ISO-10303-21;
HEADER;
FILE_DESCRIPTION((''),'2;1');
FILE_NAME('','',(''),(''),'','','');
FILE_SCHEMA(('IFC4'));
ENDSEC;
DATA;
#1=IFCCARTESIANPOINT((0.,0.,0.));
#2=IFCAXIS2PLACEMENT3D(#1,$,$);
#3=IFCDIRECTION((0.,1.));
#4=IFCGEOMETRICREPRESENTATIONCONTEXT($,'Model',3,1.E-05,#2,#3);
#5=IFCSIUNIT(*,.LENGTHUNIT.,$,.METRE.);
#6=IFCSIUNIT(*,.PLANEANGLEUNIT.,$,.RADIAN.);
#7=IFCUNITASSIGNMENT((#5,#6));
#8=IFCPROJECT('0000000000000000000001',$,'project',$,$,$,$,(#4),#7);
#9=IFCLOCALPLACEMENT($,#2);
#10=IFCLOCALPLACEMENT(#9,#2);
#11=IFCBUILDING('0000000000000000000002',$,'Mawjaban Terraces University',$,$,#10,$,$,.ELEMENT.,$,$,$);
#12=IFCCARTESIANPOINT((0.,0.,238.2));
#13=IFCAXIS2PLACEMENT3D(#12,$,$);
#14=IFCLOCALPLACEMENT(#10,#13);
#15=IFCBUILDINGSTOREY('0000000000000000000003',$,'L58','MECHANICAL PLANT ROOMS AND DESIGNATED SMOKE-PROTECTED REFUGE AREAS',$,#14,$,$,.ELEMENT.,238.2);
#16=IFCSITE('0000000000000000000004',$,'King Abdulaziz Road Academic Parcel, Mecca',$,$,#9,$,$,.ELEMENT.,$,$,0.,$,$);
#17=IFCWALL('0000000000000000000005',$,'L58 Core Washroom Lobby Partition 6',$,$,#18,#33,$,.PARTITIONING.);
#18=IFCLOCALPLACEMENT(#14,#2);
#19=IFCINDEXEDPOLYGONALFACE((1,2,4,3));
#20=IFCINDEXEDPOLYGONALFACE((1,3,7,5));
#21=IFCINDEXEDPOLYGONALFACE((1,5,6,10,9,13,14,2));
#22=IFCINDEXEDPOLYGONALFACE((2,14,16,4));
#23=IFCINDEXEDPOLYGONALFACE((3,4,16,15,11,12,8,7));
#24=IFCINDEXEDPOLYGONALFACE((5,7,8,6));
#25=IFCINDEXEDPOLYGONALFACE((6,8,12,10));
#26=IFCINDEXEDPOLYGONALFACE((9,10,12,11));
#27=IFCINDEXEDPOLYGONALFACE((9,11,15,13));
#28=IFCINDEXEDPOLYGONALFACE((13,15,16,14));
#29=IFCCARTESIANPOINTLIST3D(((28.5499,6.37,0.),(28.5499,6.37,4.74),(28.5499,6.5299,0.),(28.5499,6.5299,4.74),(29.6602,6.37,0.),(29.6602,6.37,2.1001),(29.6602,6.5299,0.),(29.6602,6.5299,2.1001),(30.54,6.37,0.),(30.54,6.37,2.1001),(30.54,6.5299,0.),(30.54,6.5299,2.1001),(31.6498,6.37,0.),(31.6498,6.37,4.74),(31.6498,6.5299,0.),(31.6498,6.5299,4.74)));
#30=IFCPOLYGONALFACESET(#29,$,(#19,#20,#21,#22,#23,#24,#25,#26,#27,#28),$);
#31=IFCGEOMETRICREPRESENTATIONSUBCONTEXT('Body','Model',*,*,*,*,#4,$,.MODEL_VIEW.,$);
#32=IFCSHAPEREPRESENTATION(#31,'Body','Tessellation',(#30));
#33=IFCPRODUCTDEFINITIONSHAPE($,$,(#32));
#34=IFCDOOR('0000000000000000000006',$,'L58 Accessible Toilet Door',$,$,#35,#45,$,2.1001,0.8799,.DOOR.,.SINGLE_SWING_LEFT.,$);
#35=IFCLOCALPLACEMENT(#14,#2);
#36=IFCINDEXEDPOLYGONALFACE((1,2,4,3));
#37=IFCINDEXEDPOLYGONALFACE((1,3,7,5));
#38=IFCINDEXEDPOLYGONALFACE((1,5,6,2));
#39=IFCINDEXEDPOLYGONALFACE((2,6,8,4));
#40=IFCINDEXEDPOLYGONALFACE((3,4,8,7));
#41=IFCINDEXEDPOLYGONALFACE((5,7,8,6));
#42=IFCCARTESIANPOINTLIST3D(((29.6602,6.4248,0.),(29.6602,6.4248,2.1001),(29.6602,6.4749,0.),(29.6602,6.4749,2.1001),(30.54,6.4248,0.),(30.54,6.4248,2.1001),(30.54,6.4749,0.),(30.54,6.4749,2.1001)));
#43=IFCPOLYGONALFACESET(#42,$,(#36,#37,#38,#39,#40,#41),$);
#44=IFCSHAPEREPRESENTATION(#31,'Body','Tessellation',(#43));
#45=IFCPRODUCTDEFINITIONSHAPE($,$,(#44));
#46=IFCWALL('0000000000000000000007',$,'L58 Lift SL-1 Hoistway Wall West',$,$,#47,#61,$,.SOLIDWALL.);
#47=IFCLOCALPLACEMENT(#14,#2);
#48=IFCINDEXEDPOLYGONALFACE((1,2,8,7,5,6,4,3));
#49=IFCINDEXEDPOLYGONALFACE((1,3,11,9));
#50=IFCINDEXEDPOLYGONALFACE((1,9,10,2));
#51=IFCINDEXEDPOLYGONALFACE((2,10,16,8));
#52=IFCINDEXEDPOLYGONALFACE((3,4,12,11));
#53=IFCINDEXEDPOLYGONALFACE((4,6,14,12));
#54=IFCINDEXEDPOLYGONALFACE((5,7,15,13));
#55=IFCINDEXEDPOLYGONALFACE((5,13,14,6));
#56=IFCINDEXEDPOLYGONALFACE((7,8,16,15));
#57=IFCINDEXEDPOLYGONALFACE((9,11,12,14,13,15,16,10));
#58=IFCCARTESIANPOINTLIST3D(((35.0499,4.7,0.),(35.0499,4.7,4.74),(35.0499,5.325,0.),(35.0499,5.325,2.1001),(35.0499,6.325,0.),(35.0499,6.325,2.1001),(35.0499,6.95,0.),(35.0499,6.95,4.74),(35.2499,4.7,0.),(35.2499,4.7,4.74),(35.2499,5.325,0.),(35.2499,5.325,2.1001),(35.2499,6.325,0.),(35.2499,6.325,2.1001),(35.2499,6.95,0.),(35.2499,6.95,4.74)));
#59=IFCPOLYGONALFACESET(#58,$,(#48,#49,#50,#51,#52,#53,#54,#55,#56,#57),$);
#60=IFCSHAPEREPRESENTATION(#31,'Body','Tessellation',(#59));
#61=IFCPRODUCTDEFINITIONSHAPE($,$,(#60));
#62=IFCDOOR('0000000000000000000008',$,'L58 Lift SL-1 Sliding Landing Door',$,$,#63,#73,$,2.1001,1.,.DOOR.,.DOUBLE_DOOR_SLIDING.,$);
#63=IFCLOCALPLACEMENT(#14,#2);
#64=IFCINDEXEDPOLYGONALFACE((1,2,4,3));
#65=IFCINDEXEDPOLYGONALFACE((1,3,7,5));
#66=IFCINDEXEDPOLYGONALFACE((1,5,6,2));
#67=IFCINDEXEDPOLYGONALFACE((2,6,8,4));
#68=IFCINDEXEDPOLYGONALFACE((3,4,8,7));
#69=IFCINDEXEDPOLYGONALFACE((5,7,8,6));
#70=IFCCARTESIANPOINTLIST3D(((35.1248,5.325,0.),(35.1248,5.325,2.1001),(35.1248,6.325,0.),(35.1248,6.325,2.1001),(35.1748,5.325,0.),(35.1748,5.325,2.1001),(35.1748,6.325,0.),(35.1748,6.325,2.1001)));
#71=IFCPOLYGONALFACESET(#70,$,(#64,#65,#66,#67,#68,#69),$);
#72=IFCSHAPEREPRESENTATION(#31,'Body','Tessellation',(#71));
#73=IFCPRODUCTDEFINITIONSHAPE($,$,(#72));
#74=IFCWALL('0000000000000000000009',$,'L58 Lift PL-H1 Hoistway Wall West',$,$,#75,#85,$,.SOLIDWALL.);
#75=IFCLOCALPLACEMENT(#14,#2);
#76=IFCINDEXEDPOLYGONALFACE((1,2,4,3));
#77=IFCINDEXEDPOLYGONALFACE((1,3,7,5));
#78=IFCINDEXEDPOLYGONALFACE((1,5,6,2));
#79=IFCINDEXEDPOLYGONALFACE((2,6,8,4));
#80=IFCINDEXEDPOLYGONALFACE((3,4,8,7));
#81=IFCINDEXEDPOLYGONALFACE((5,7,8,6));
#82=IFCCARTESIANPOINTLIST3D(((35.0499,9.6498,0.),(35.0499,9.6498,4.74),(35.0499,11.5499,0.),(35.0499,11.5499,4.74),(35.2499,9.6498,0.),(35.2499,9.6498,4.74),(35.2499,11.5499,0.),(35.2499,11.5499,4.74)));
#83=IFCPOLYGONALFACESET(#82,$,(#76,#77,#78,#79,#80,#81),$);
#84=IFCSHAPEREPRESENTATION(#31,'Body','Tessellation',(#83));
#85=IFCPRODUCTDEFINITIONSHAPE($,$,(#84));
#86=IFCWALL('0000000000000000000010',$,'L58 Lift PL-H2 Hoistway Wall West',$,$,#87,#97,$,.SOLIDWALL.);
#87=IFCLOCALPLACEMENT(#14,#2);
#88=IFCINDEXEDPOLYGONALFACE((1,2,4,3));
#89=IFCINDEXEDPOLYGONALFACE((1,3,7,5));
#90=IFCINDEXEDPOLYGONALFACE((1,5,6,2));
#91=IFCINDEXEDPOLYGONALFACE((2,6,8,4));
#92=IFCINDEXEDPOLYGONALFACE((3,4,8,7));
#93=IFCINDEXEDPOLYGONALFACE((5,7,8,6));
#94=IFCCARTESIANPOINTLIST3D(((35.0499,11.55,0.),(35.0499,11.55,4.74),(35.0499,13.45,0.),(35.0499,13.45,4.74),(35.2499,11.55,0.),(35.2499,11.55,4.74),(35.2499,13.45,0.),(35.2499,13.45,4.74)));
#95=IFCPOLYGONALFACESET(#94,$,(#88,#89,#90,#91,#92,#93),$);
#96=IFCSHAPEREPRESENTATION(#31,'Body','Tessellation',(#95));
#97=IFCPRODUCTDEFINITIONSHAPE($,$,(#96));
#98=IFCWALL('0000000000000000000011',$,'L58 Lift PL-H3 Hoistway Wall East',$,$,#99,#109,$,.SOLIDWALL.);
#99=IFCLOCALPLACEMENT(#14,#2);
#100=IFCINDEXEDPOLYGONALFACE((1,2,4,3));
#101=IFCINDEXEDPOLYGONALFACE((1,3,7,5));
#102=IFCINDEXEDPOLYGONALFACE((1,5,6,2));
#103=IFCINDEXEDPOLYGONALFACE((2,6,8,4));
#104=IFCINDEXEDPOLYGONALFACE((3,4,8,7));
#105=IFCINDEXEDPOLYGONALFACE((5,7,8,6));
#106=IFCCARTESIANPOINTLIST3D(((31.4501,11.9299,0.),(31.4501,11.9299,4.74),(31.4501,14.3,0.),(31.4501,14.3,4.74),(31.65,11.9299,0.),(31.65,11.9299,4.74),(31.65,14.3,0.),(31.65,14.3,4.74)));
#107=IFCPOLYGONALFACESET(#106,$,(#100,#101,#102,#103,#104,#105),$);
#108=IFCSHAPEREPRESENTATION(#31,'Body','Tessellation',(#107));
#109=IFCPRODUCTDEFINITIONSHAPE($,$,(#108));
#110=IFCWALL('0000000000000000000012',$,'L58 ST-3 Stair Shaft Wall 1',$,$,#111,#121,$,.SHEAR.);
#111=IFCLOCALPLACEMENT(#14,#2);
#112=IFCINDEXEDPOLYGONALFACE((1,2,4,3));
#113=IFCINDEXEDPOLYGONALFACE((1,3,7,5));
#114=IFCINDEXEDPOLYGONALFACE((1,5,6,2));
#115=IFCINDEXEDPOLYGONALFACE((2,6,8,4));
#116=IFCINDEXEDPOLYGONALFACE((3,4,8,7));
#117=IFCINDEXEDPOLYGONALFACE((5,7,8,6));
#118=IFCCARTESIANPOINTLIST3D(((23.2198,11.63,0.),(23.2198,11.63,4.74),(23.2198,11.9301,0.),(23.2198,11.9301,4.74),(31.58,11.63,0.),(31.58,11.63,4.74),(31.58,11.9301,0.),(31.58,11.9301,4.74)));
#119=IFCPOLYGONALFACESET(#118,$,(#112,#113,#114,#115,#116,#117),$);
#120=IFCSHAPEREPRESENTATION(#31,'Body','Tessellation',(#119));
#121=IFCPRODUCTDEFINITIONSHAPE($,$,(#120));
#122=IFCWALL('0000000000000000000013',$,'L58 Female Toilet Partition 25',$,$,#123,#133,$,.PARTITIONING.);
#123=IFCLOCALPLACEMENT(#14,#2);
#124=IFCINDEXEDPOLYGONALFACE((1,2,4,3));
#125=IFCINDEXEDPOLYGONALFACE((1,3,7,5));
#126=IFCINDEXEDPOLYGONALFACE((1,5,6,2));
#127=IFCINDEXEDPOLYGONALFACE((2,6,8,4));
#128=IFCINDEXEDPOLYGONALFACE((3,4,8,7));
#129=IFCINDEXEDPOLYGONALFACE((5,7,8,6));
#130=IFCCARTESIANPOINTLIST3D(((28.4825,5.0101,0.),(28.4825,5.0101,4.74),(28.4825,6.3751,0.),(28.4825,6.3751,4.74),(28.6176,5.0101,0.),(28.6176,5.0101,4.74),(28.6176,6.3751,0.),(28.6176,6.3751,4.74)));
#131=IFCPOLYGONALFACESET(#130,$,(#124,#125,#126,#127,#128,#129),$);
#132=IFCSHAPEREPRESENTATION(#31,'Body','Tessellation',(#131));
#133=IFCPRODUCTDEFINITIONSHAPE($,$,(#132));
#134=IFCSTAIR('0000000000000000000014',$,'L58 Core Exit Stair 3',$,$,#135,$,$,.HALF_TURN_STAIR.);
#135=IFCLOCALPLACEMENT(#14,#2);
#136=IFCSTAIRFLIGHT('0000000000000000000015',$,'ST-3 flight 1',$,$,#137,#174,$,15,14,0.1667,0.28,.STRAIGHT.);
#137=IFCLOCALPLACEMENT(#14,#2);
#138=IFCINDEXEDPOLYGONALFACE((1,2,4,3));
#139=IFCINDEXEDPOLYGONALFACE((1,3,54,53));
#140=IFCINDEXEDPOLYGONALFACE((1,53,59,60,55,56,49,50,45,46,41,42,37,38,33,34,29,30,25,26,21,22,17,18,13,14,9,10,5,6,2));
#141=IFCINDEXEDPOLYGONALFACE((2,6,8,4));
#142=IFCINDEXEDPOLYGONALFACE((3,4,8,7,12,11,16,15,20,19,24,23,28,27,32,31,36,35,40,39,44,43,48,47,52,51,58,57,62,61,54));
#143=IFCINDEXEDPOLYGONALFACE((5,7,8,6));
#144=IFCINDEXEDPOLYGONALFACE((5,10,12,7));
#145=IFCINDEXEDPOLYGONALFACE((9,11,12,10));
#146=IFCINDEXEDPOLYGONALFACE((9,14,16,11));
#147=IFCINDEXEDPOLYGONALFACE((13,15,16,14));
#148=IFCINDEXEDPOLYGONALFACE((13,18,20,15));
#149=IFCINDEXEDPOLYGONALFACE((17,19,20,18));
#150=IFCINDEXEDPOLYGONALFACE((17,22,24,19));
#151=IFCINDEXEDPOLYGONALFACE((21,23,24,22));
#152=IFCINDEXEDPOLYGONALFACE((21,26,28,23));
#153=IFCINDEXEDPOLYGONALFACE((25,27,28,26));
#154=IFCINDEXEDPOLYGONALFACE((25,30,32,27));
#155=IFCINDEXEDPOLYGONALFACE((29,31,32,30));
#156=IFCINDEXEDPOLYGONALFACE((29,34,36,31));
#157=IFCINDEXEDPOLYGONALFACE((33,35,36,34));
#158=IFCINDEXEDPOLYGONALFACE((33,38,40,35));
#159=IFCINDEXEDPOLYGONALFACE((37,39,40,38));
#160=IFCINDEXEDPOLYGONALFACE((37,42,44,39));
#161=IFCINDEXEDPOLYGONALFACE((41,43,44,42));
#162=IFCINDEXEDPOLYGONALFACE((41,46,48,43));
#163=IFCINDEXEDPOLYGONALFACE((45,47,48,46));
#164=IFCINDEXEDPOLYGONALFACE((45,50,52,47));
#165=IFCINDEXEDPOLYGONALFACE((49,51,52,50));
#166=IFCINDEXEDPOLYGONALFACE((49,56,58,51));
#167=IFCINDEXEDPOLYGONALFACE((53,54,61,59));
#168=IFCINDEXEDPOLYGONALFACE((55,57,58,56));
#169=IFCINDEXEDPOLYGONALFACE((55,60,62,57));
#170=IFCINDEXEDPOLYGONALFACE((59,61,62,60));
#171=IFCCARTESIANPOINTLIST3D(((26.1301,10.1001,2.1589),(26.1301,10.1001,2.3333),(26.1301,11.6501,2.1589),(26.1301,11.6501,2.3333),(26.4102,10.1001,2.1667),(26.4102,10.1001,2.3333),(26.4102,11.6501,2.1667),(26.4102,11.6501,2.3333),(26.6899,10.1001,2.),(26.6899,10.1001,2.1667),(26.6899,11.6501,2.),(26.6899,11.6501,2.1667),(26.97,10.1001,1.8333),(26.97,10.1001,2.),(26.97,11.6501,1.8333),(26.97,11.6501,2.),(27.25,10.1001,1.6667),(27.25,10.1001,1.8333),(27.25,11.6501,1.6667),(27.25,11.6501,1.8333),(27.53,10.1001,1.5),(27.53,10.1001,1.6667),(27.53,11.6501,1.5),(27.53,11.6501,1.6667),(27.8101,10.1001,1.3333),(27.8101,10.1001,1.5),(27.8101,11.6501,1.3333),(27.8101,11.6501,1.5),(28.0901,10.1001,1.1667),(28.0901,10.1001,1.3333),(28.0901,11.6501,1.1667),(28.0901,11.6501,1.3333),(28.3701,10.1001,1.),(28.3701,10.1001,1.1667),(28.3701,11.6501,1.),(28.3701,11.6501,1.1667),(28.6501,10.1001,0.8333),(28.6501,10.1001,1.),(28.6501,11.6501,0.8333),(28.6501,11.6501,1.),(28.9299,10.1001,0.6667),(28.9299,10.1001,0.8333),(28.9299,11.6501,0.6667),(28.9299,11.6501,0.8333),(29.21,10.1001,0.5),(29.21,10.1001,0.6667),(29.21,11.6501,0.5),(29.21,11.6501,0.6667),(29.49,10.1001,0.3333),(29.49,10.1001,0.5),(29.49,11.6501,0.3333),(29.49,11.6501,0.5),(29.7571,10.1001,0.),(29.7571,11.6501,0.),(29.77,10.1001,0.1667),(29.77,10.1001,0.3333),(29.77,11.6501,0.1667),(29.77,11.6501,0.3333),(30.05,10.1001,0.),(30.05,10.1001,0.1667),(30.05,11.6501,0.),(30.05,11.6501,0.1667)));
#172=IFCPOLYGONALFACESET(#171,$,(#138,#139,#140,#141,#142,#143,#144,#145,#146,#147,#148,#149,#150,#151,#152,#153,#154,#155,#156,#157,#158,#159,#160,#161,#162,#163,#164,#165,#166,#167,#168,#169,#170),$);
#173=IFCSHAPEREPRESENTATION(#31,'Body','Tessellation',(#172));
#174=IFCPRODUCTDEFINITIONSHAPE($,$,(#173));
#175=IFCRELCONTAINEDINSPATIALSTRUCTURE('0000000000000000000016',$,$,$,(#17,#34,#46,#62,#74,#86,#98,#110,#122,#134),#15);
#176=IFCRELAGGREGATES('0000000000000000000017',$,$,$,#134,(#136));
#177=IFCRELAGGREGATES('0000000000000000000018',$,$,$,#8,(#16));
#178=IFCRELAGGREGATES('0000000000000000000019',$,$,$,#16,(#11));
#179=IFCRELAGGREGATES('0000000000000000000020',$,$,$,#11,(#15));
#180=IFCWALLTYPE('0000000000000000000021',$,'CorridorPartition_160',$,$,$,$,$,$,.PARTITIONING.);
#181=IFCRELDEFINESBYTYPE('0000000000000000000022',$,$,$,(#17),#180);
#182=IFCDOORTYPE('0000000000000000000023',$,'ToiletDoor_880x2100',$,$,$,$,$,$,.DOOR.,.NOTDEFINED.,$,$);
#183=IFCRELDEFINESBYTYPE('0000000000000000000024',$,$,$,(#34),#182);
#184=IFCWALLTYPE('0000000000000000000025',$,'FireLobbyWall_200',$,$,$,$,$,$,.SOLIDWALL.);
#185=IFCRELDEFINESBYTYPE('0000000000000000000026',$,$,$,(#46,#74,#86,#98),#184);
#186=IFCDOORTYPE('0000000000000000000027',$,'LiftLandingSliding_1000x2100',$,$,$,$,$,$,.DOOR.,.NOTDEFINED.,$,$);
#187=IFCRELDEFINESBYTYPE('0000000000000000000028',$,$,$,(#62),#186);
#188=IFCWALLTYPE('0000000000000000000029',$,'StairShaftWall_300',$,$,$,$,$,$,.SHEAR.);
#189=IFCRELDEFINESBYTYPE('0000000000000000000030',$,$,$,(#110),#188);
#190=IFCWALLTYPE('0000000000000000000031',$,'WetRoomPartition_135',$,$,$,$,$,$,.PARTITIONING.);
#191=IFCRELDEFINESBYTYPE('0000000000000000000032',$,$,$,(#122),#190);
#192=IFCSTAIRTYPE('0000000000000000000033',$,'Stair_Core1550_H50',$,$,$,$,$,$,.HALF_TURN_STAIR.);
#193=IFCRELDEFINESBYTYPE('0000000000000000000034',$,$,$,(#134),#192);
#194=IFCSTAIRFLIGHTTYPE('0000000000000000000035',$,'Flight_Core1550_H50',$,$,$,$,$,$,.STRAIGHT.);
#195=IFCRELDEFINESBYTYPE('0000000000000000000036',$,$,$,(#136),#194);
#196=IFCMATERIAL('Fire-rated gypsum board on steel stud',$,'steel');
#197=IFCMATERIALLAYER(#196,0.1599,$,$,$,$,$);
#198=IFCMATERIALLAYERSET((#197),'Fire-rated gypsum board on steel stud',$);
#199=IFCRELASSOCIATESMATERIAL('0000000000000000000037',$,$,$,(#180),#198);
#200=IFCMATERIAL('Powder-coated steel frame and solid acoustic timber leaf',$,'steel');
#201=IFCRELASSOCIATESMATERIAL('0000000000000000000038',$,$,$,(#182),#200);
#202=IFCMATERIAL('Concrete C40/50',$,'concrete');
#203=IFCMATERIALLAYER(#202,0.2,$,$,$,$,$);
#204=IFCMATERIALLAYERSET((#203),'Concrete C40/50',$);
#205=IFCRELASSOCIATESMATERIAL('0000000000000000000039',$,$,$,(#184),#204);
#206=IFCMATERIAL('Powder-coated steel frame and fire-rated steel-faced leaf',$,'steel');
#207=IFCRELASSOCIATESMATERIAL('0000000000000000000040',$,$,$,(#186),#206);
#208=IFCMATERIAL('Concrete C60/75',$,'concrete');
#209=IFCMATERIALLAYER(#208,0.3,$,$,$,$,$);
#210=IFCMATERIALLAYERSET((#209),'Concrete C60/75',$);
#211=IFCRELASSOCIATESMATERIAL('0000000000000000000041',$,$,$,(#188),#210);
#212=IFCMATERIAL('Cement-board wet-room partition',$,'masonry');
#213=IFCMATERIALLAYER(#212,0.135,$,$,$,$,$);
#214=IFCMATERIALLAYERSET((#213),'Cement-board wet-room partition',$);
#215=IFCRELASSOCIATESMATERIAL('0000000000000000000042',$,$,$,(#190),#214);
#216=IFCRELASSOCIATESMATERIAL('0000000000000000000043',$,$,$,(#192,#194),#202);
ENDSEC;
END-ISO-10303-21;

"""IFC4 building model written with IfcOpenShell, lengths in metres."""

from ifc_helpers import new_model, si_unit, direction, frame, frame_2d, origin, place, context, subcontext, project, spatial, polyline, rectangle, outline, extrude, material, layer, layer_set, type_object, element, fill, aggregate, save


model = new_model("IFC4")

# Units and contexts
model_context = context("Model", 3, precision=1e-05, world=origin(), true_north=direction((0.0, 1.0)))
body_context = subcontext(model_context, "Body", "Model", "MODEL_VIEW")
ifc_project = project(units=[si_unit("LENGTHUNIT", "METRE"), si_unit("PLANEANGLEUNIT", "RADIAN")], contexts=[model_context])

# Site, building, storey
site_placement = place(None, origin())
site = spatial("IfcSite", under=ifc_project, at=site_placement, Name="King Abdulaziz Road Academic Parcel, Mecca", CompositionType="ELEMENT", RefElevation=0.0)
building_placement = place(site_placement, origin())
building = spatial("IfcBuilding", under=site, at=building_placement, Name="Mawjaban Terraces University", CompositionType="ELEMENT")
storey_placement = place(building_placement, frame((0.0, 0.0, 238.2)))
storey = spatial("IfcBuildingStorey", under=building, at=storey_placement, Name="L58", Description="MECHANICAL PLANT ROOMS AND DESIGNATED SMOKE-PROTECTED REFUGE AREAS", CompositionType="ELEMENT", Elevation=238.2)

# Walls, openings, doors
ifc_material_1 = material(Name="Fire-rated gypsum board on steel stud", Category="steel")
ifc_layer_1 = layer(ifc_material_1, 0.1599)
ifc_layer_set_1 = layer_set([ifc_layer_1], Name="Fire-rated gypsum board on steel stud")
wall_type_1 = type_object("IfcWallType", Name="CorridorPartition_160", PredefinedType="PARTITIONING", material=ifc_layer_set_1)
wall_1_placement = place(storey_placement, frame((28.55, 6.45, 0.0), z_axis=(0.0, 0.0, 1.0), x_axis=(1.0, 0.0, 0.0)))
wall_1 = element("IfcWall", 1, at=wall_1_placement, inside=storey, type_object=wall_type_1, Name="L58 Core Washroom Lobby Partition 6", PredefinedType="PARTITIONING", context=body_context, shape_type="SweptSolid", body=[
    extrude(rectangle(XDim=3.0999, YDim=0.1599, at=frame_2d((1.5498, 0.0))), origin(), (0.0, 0.0, 1.0), 4.74),
])
opening_1_placement = place(wall_1_placement, frame((1.1101, 0.0, 0.0)))
opening_1 = element("IfcOpeningElement", 2, at=opening_1_placement, cuts=wall_1, PredefinedType="OPENING", context=body_context, shape_type="SweptSolid", body=[
    extrude(rectangle(XDim=0.8799, YDim=2.1001, at=frame_2d((0.4399, 1.05))), frame((0.0, 0.0898, 0.0), z_axis=(0.0, -1.0, 0.0), x_axis=(1.0, 0.0, 0.0)), (0.0, 0.0, 1.0), 0.1799),
])
ifc_material_2 = material(Name="Powder-coated steel frame and solid acoustic timber leaf", Category="steel")
door_type_1 = type_object("IfcDoorType", Name="ToiletDoor_880x2100", OperationType="NOTDEFINED", PredefinedType="DOOR", material=ifc_material_2)
door_1_placement = place(opening_1_placement, origin())
door_1 = element("IfcDoor", 3, at=door_1_placement, inside=storey, type_object=door_type_1, Name="L58 Accessible Toilet Door", OperationType="SINGLE_SWING_LEFT", OverallHeight=2.1001, OverallWidth=0.8799, PredefinedType="DOOR", context=body_context, shape_type="SweptSolid", body=[
    extrude(rectangle(XDim=0.8799, YDim=2.1001, at=frame_2d((0.4399, 1.05))), frame((0.0, 0.0249, 0.0), z_axis=(0.0, -1.0, 0.0), x_axis=(1.0, 0.0, 0.0)), (0.0, 0.0, 1.0), 0.05),
])
fill(opening_1, door_1)
ifc_material_3 = material(Name="Concrete C40/50", Category="concrete")
ifc_layer_2 = layer(ifc_material_3, 0.2)
ifc_layer_set_2 = layer_set([ifc_layer_2], Name="Concrete C40/50")
wall_type_2 = type_object("IfcWallType", Name="FireLobbyWall_200", PredefinedType="SOLIDWALL", material=ifc_layer_set_2)
wall_2_placement = place(storey_placement, frame((35.1499, 6.95, 0.0), z_axis=(0.0, 0.0, 1.0), x_axis=(0.0, -1.0, 0.0)))
wall_2 = element("IfcWall", 4, at=wall_2_placement, inside=storey, type_object=wall_type_2, Name="L58 Lift SL-1 Hoistway Wall West", PredefinedType="SOLIDWALL", context=body_context, shape_type="SweptSolid", body=[
    extrude(rectangle(XDim=2.25, YDim=0.2, at=frame_2d((1.125, 0.0))), origin(), (0.0, 0.0, 1.0), 4.74),
])
opening_2_placement = place(wall_2_placement, frame((0.625, 0.0, 0.0)))
opening_2 = element("IfcOpeningElement", 5, at=opening_2_placement, cuts=wall_2, PredefinedType="OPENING", context=body_context, shape_type="SweptSolid", body=[
    extrude(rectangle(XDim=1.0, YDim=2.1001, at=frame_2d((0.5, 1.05))), frame((0.0, 0.1099, 0.0), z_axis=(0.0, -1.0, 0.0), x_axis=(1.0, 0.0, 0.0)), (0.0, 0.0, 1.0), 0.22),
])
ifc_material_4 = material(Name="Powder-coated steel frame and fire-rated steel-faced leaf", Category="steel")
door_type_2 = type_object("IfcDoorType", Name="LiftLandingSliding_1000x2100", OperationType="NOTDEFINED", PredefinedType="DOOR", material=ifc_material_4)
door_2_placement = place(opening_2_placement, origin())
door_2 = element("IfcDoor", 6, at=door_2_placement, inside=storey, type_object=door_type_2, Name="L58 Lift SL-1 Sliding Landing Door", OperationType="DOUBLE_DOOR_SLIDING", OverallHeight=2.1001, OverallWidth=1.0, PredefinedType="DOOR", context=body_context, shape_type="SweptSolid", body=[
    extrude(rectangle(XDim=1.0, YDim=2.1001, at=frame_2d((0.5, 1.05))), frame((0.0, 0.0249, 0.0), z_axis=(0.0, -1.0, 0.0), x_axis=(1.0, 0.0, 0.0)), (0.0, 0.0, 1.0), 0.05),
])
fill(opening_2, door_2)

# Walls
wall_3_placement = place(storey_placement, frame((35.1499, 11.55, 0.0), z_axis=(0.0, 0.0, 1.0), x_axis=(0.0, -1.0, 0.0)))
element("IfcWall", 7, at=wall_3_placement, inside=storey, type_object=wall_type_2, Name="L58 Lift PL-H1 Hoistway Wall West", PredefinedType="SOLIDWALL", context=body_context, shape_type="SweptSolid", body=[
    extrude(rectangle(XDim=1.9001, YDim=0.2, at=frame_2d((0.9502, 0.0))), origin(), (0.0, 0.0, 1.0), 4.74),
])
wall_4_placement = place(storey_placement, frame((35.1499, 13.45, 0.0), z_axis=(0.0, 0.0, 1.0), x_axis=(0.0, -1.0, 0.0)))
element("IfcWall", 8, at=wall_4_placement, inside=storey, type_object=wall_type_2, Name="L58 Lift PL-H2 Hoistway Wall West", PredefinedType="SOLIDWALL", context=body_context, shape_type="SweptSolid", body=[
    extrude(rectangle(XDim=1.8999, YDim=0.2, at=frame_2d((0.95, 0.0))), origin(), (0.0, 0.0, 1.0), 4.74),
])
wall_5_placement = place(storey_placement, frame((31.55, 11.9299, 0.0), z_axis=(0.0, 0.0, 1.0), x_axis=(0.0, 1.0, 0.0)))
element("IfcWall", 9, at=wall_5_placement, inside=storey, type_object=wall_type_2, Name="L58 Lift PL-H3 Hoistway Wall East", PredefinedType="SOLIDWALL", context=body_context, shape_type="SweptSolid", body=[
    extrude(rectangle(XDim=2.3701, YDim=0.2, at=frame_2d((1.1851, 0.0))), origin(), (0.0, 0.0, 1.0), 4.74),
])
ifc_material_5 = material(Name="Concrete C60/75", Category="concrete")
ifc_layer_3 = layer(ifc_material_5, 0.3)
ifc_layer_set_3 = layer_set([ifc_layer_3], Name="Concrete C60/75")
wall_type_3 = type_object("IfcWallType", Name="StairShaftWall_300", PredefinedType="SHEAR", material=ifc_layer_set_3)
wall_6_placement = place(storey_placement, frame((31.5801, 11.78, 0.0), z_axis=(0.0, 0.0, 1.0), x_axis=(-1.0, 0.0, 0.0)))
element("IfcWall", 10, at=wall_6_placement, inside=storey, type_object=wall_type_3, Name="L58 ST-3 Stair Shaft Wall 1", PredefinedType="SHEAR", context=body_context, shape_type="SweptSolid", body=[
    extrude(rectangle(XDim=8.3601, YDim=0.3, at=frame_2d((4.1802, 0.0))), origin(), (0.0, 0.0, 1.0), 4.74),
])

# Wall
ifc_material_6 = material(Name="Cement-board wet-room partition", Category="masonry")
ifc_layer_4 = layer(ifc_material_6, 0.135)
ifc_layer_set_4 = layer_set([ifc_layer_4], Name="Cement-board wet-room partition")
wall_type_4 = type_object("IfcWallType", Name="WetRoomPartition_135", PredefinedType="PARTITIONING", material=ifc_layer_set_4)
wall_7_placement = place(storey_placement, frame((28.55, 5.01, 0.0), z_axis=(0.0, 0.0, 1.0), x_axis=(0.0, 1.0, 0.0)))
element("IfcWall", 11, at=wall_7_placement, inside=storey, type_object=wall_type_4, Name="L58 Female Toilet Partition 25", PredefinedType="PARTITIONING", context=body_context, shape_type="SweptSolid", body=[
    extrude(rectangle(XDim=1.365, YDim=0.135, at=frame_2d((0.6826, 0.0))), origin(), (0.0, 0.0, 1.0), 4.74),
])

# Stair, stair flight
stair_type = type_object("IfcStairType", Name="Stair_Core1550_H50", PredefinedType="HALF_TURN_STAIR", material=ifc_material_3)
stair_placement = place(storey_placement, origin())
stair = element("IfcStair", 12, at=stair_placement, inside=storey, type_object=stair_type, Name="L58 Core Exit Stair 3", PredefinedType="HALF_TURN_STAIR")
stair_flight_type = type_object("IfcStairFlightType", Name="Flight_Core1550_H50", PredefinedType="STRAIGHT", material=ifc_material_3)
stair_flight_1_placement = place(storey_placement, frame((30.05, 10.875, 0.0), z_axis=(0.0, 0.0, 1.0), x_axis=(-1.0, 0.0, 0.0)))
stair_flight_1 = element("IfcStairFlight", 13, at=stair_flight_1_placement, type_object=stair_flight_type, Name="ST-3 flight 1", NumberOfRisers=15, NumberOfTreads=14, PredefinedType="STRAIGHT", RiserHeight=0.1667, TreadLength=0.28, context=body_context, shape_type="SweptSolid", body=[
    extrude(outline(polyline([(0.0, 0.0), (0.0, 0.1667), (0.28, 0.1667), (0.28, 0.3333), (0.5601, 0.3333), (0.5601, 0.5), (0.8401, 0.5), (0.8401, 0.6667), (1.1201, 0.6667), (1.1201, 0.8333), (1.3999, 0.8333), (1.3999, 1.0), (1.6799, 1.0), (1.6799, 1.1667), (1.96, 1.1667), (1.96, 1.3333), (2.24, 1.3333), (2.24, 1.5), (2.52, 1.5), (2.52, 1.6667), (2.8, 1.6667), (2.8, 1.8333), (3.0801, 1.8333), (3.0801, 2.0), (3.3601, 2.0), (3.3601, 2.1667), (3.6399, 2.1667), (3.6399, 2.3333), (3.9199, 2.3333), (3.9199, 2.5), (3.9199, 2.1589), (0.293, 0.0), (0.0, 0.0)])), frame((0.0, 0.7749, 0.0), z_axis=(0.0, -1.0, 0.0), x_axis=(1.0, 0.0, 0.0)), (0.0, 0.0, 1.0), 1.55),
])
aggregate(stair, [stair_flight_1])

save(model, "model.ifc")
